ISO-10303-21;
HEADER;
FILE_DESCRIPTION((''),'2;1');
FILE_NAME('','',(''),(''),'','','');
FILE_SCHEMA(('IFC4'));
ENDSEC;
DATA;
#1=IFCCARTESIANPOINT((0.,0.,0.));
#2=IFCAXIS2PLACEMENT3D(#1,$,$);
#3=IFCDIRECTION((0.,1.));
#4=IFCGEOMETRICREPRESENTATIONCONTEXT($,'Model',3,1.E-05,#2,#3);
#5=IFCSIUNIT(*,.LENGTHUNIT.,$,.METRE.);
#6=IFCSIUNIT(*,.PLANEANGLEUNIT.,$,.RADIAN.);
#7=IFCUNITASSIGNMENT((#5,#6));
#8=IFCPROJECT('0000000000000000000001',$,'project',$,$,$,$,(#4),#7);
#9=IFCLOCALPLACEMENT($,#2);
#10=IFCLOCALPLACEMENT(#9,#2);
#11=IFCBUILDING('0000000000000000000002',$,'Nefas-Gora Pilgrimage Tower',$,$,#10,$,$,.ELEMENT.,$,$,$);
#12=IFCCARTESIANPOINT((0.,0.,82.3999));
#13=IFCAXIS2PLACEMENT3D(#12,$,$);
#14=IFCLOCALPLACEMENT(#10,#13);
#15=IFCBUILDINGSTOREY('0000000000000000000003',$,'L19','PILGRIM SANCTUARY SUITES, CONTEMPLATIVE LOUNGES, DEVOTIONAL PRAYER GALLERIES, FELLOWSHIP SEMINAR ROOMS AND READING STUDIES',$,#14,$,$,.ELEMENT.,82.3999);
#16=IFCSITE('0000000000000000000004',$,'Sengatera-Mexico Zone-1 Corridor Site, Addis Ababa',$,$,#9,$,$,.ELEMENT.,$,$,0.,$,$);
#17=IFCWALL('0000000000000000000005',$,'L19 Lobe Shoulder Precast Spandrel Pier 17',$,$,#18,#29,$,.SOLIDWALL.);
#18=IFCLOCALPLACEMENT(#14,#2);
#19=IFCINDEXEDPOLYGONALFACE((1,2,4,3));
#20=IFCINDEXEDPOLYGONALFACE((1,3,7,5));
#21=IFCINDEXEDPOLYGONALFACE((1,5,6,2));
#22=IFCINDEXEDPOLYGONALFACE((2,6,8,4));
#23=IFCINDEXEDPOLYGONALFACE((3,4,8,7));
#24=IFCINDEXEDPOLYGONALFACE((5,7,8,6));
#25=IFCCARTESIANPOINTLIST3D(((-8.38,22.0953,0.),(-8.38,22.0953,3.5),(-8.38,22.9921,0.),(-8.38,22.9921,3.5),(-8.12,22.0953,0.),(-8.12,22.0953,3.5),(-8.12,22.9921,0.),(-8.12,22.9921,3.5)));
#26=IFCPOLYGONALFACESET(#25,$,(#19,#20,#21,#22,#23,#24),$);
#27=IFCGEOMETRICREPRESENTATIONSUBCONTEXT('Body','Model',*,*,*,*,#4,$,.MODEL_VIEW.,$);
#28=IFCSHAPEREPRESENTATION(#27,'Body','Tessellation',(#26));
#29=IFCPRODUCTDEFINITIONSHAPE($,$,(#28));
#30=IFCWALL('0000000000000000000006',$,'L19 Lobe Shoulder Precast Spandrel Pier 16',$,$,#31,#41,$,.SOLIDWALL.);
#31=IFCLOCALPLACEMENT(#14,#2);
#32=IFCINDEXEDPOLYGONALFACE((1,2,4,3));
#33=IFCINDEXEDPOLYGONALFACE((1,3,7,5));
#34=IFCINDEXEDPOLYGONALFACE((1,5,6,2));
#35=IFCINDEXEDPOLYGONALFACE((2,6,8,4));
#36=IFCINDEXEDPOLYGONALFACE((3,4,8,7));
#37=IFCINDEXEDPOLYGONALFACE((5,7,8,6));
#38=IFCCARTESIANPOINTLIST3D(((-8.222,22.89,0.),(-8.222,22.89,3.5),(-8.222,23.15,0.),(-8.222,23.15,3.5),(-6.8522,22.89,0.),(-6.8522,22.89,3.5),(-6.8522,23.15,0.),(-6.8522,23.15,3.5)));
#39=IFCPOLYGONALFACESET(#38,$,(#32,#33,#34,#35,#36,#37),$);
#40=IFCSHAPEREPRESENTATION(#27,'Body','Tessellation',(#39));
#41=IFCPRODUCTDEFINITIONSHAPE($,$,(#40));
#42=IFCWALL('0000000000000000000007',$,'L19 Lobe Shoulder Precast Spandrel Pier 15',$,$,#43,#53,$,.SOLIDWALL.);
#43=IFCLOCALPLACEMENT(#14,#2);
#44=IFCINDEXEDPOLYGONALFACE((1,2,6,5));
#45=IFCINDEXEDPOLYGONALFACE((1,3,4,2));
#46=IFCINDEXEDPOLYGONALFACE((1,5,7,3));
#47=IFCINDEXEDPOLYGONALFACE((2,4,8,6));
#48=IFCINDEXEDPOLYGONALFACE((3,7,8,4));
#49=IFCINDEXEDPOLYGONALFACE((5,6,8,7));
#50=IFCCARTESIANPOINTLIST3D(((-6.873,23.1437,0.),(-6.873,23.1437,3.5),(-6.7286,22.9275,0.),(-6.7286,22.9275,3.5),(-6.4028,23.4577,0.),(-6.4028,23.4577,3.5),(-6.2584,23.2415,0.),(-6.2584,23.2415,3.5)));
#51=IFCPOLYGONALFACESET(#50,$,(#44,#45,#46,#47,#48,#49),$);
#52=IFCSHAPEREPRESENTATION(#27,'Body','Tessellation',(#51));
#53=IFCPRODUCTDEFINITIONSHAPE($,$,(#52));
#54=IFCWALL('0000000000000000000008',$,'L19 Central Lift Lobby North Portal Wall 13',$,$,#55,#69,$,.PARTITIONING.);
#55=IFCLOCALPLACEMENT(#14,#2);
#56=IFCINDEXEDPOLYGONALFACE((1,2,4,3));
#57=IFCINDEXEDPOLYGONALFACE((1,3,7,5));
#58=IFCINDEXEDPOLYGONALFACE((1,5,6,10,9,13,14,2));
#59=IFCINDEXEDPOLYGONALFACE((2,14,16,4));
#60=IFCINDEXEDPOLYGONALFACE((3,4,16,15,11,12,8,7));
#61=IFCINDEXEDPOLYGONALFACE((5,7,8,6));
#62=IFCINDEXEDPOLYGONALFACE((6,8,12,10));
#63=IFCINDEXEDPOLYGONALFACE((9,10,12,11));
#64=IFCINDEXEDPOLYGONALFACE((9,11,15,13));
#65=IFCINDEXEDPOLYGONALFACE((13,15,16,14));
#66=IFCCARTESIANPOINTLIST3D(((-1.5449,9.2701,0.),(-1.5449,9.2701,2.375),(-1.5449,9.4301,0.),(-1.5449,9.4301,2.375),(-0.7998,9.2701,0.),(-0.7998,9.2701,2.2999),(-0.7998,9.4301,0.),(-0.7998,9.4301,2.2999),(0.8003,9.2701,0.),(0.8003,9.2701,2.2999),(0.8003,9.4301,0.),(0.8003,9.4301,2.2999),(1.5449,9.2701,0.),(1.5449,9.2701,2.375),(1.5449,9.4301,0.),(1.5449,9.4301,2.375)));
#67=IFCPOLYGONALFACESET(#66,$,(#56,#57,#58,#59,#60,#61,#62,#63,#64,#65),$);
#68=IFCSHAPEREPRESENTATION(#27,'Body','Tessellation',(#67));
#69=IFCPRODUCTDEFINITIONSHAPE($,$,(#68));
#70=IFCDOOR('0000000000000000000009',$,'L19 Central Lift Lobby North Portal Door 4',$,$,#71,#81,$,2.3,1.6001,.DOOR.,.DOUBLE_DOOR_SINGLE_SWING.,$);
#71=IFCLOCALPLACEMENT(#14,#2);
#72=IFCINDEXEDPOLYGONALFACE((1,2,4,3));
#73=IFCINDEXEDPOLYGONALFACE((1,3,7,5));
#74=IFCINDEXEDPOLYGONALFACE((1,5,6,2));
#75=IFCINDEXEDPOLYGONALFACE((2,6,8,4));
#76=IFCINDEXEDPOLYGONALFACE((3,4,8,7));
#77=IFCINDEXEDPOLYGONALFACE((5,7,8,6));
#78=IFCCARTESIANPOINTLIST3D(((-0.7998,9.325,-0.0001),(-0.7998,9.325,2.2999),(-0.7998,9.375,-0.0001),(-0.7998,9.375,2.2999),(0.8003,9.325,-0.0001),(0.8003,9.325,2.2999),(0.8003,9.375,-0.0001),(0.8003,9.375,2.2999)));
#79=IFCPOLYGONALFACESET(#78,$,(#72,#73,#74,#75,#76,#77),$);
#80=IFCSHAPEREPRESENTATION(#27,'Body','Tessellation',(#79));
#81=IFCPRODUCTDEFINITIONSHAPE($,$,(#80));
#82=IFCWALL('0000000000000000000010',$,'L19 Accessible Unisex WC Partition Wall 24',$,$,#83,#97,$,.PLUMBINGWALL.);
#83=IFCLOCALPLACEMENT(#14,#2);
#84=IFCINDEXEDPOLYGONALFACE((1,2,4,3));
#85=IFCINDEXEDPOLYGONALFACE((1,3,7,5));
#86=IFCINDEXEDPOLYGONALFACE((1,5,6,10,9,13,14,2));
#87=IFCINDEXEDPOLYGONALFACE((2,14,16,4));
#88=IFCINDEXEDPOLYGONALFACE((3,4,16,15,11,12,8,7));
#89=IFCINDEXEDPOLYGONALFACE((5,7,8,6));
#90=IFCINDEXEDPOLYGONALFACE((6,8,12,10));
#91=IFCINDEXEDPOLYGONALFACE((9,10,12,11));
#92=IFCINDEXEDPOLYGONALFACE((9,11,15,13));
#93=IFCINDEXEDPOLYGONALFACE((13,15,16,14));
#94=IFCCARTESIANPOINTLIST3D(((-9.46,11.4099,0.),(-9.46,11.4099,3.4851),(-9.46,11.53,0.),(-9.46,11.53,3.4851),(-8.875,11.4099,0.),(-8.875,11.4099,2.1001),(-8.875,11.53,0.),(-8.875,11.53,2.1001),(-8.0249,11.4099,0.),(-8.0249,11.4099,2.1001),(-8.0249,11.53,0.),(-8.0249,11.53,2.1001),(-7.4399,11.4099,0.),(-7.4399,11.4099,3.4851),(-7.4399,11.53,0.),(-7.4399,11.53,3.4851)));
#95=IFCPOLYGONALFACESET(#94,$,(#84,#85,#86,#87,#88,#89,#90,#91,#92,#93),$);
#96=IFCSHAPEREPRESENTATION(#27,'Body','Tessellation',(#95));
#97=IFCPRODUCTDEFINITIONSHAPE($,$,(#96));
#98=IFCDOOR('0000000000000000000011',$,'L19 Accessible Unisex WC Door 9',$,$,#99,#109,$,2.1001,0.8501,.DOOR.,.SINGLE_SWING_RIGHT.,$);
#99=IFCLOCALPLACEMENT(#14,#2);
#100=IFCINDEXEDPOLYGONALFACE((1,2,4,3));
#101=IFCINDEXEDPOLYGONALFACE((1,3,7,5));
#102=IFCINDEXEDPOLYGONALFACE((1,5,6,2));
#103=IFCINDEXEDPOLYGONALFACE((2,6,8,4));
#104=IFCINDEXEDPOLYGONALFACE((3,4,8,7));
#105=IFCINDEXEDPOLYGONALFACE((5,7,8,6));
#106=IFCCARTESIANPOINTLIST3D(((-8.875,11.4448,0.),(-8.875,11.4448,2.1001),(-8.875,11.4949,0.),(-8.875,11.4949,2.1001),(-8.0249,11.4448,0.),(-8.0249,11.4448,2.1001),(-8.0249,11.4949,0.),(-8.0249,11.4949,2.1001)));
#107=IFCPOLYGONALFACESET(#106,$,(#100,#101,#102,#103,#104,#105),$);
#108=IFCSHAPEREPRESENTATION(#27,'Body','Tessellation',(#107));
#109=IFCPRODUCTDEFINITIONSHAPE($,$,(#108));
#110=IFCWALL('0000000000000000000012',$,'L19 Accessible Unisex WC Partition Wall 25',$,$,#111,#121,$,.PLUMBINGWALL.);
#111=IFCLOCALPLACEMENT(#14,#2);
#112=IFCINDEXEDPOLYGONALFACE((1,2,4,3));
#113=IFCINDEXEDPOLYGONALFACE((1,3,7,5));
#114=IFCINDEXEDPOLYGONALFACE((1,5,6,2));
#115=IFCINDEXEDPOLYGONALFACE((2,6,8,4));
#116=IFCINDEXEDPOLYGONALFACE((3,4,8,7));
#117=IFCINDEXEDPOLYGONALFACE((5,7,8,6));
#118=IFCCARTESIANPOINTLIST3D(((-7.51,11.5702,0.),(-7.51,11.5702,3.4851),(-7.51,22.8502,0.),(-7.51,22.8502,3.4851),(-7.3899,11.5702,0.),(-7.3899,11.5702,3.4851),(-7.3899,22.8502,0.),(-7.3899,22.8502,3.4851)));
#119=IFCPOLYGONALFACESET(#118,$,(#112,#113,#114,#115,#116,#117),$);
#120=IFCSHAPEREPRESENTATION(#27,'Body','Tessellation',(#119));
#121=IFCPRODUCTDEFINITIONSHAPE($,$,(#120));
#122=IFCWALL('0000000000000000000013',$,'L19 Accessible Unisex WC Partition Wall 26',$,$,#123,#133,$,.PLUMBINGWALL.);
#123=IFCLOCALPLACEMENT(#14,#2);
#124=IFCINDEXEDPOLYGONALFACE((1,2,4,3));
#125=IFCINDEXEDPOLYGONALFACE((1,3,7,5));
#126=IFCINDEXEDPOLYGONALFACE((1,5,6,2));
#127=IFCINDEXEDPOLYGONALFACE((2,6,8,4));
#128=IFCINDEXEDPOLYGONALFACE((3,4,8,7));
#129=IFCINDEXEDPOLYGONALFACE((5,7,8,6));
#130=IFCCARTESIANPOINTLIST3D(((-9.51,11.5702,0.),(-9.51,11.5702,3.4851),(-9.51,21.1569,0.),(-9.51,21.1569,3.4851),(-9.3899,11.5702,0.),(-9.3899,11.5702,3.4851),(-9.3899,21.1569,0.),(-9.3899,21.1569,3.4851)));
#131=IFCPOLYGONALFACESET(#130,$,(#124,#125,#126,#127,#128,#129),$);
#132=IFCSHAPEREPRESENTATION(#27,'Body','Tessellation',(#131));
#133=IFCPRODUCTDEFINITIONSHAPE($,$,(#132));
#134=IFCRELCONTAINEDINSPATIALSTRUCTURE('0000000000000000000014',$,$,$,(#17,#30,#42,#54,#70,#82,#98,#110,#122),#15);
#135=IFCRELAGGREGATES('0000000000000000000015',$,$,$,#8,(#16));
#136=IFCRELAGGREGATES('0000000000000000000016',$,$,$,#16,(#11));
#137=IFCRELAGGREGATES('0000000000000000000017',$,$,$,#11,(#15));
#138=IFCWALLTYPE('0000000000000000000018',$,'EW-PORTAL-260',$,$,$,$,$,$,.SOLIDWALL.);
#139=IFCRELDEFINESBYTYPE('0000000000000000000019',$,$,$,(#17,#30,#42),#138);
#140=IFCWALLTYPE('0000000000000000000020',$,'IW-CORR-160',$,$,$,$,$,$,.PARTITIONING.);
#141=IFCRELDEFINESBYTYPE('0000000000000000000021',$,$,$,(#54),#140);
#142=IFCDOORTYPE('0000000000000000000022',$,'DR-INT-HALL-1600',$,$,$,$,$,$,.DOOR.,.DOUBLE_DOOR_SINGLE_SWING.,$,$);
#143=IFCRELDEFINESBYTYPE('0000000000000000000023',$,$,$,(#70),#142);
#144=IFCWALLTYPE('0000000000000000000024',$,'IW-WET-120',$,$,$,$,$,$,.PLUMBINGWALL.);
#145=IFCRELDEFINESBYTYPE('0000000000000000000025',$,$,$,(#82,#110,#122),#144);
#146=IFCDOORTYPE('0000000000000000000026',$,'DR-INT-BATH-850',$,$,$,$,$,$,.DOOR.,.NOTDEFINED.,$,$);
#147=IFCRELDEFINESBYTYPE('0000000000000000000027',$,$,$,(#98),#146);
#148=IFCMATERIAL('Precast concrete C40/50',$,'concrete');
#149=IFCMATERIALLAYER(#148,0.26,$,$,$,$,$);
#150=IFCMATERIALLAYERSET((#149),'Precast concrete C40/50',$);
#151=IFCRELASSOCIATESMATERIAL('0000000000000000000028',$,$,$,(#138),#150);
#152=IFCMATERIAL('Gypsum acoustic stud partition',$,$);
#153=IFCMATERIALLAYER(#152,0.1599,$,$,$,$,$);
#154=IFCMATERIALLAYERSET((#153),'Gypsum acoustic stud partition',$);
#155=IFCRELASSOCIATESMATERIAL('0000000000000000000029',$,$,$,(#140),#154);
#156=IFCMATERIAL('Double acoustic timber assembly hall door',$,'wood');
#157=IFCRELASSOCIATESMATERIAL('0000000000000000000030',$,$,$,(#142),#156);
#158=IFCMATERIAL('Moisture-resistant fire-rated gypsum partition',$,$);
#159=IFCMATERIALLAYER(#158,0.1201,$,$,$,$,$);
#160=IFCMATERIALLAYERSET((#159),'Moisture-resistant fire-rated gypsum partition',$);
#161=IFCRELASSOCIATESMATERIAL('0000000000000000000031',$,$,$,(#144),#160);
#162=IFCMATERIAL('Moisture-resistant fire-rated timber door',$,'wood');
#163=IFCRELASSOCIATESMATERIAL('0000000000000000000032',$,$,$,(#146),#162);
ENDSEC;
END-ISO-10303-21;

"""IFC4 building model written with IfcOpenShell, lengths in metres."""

from ifc_helpers import new_model, si_unit, direction, frame, frame_2d, origin, place, context, subcontext, project, spatial, rectangle, extrude, source, transform, mapped, material, layer, layer_set, type_object, element, fill, save


model = new_model("IFC4")

# Units and contexts
model_context = context("Model", 3, precision=1e-05, world=origin(), true_north=direction((0.0, 1.0)))
body_context = subcontext(model_context, "Body", "Model", "MODEL_VIEW")
ifc_project = project(units=[si_unit("LENGTHUNIT", "METRE"), si_unit("PLANEANGLEUNIT", "RADIAN")], contexts=[model_context])

# Site, building, storey
site_placement = place(None, origin())
site = spatial("IfcSite", under=ifc_project, at=site_placement, Name="Sengatera-Mexico Zone-1 Corridor Site, Addis Ababa", CompositionType="ELEMENT", RefElevation=0.0)
building_placement = place(site_placement, origin())
building = spatial("IfcBuilding", under=site, at=building_placement, Name="Nefas-Gora Pilgrimage Tower", CompositionType="ELEMENT")
storey_placement = place(building_placement, frame((0.0, 0.0, 82.3999)))
storey = spatial("IfcBuildingStorey", under=building, at=storey_placement, Name="L19", Description="PILGRIM SANCTUARY SUITES, CONTEMPLATIVE LOUNGES, DEVOTIONAL PRAYER GALLERIES, FELLOWSHIP SEMINAR ROOMS AND READING STUDIES", CompositionType="ELEMENT", Elevation=82.3999)

# Walls
ifc_material_1 = material(Name="Precast concrete C40/50", Category="concrete")
ifc_layer_1 = layer(ifc_material_1, 0.26)
ifc_layer_set_1 = layer_set([ifc_layer_1], Name="Precast concrete C40/50")
wall_type_1 = type_object("IfcWallType", Name="EW-PORTAL-260", PredefinedType="SOLIDWALL", material=ifc_layer_set_1)
shared_shape_1 = source(origin(), body_context, "Body", "SweptSolid", [
    extrude(rectangle(XDim=0.8967, YDim=0.26, at=frame_2d((0.4482, 0.0))), origin(), (0.0, 0.0, 1.0), 3.5),
])
wall_1_placement = place(storey_placement, frame((-8.25, 22.9919, 0.0), z_axis=(0.0, 0.0, 1.0), x_axis=(0.0, -1.0, 0.0)))
element("IfcWall", 1, at=wall_1_placement, inside=storey, type_object=wall_type_1, Name="L19 Lobe Shoulder Precast Spandrel Pier 17", PredefinedType="SOLIDWALL", context=body_context, shape_type="MappedRepresentation", body=[
    mapped(shared_shape_1, transform((0.0, 0.0, 0.0), x_axis=(1.0, 0.0, 0.0), y_axis=(0.0, 1.0, 0.0), z_axis=(0.0, 0.0, 1.0), scale=1.0)),
])
shared_shape_2 = source(origin(), body_context, "Body", "SweptSolid", [
    extrude(rectangle(XDim=1.3699, YDim=0.26, at=frame_2d((0.6851, 0.0))), origin(), (0.0, 0.0, 1.0), 3.5),
])
wall_2_placement = place(storey_placement, frame((-6.8521, 23.02, 0.0), z_axis=(0.0, 0.0, 1.0), x_axis=(-1.0, 0.0, 0.0)))
element("IfcWall", 2, at=wall_2_placement, inside=storey, type_object=wall_type_1, Name="L19 Lobe Shoulder Precast Spandrel Pier 16", PredefinedType="SOLIDWALL", context=body_context, shape_type="MappedRepresentation", body=[
    mapped(shared_shape_2, transform((0.0, 0.0, 0.0), x_axis=(1.0, 0.0, 0.0), y_axis=(0.0, 1.0, 0.0), z_axis=(0.0, 0.0, 1.0), scale=1.0)),
])
shared_shape_3 = source(origin(), body_context, "Body", "SweptSolid", [
    extrude(rectangle(XDim=0.5654, YDim=0.26, at=frame_2d((0.2827, 0.0))), origin(), (0.0, 0.0, 1.0), 3.5),
])
wall_3_placement = place(storey_placement, frame((-6.3306, 23.3496, 0.0), z_axis=(0.0, 0.0, 1.0), x_axis=(-0.831651, -0.555298, 0.0)))
element("IfcWall", 3, at=wall_3_placement, inside=storey, type_object=wall_type_1, Name="L19 Lobe Shoulder Precast Spandrel Pier 15", PredefinedType="SOLIDWALL", context=body_context, shape_type="MappedRepresentation", body=[
    mapped(shared_shape_3, transform((0.0, 0.0, 0.0), x_axis=(1.0, 0.0, 0.0), y_axis=(0.0, 1.0, 0.0), z_axis=(0.0, 0.0, 1.0), scale=1.0)),
])

# Walls, openings, doors
ifc_material_2 = material(Name="Gypsum acoustic stud partition")
ifc_layer_2 = layer(ifc_material_2, 0.1599)
ifc_layer_set_2 = layer_set([ifc_layer_2], Name="Gypsum acoustic stud partition")
wall_type_2 = type_object("IfcWallType", Name="IW-CORR-160", PredefinedType="PARTITIONING", material=ifc_layer_set_2)
shared_shape_4 = source(origin(), body_context, "Body", "SweptSolid", [
    extrude(rectangle(XDim=3.0898, YDim=0.1599, at=frame_2d((1.5449, 0.0))), origin(), (0.0, 0.0, 1.0), 2.375),
])
wall_4_placement = place(storey_placement, frame((-1.5449, 9.3501, 0.0), z_axis=(0.0, 0.0, 1.0), x_axis=(1.0, 0.0, 0.0)))
wall_4 = element("IfcWall", 4, at=wall_4_placement, inside=storey, type_object=wall_type_2, Name="L19 Central Lift Lobby North Portal Wall 13", PredefinedType="PARTITIONING", context=body_context, shape_type="MappedRepresentation", body=[
    mapped(shared_shape_4, transform((0.0, 0.0, 0.0), x_axis=(1.0, 0.0, 0.0), y_axis=(0.0, 1.0, 0.0), z_axis=(0.0, 0.0, 1.0), scale=1.0)),
])
opening_1_placement = place(wall_4_placement, frame((0.7451, 0.0, 0.0)))
opening_1 = element("IfcOpeningElement", 5, at=opening_1_placement, cuts=wall_4, PredefinedType="OPENING", context=body_context, shape_type="SweptSolid", body=[
    extrude(rectangle(XDim=1.6001, YDim=2.3, at=frame_2d((0.8, 1.1499))), frame((0.0, 0.0898, 0.0), z_axis=(0.0, -1.0, 0.0), x_axis=(1.0, 0.0, 0.0)), (0.0, 0.0, 1.0), 0.1799),
])
ifc_material_3 = material(Name="Double acoustic timber assembly hall door", Category="wood")
door_type_1 = type_object("IfcDoorType", Name="DR-INT-HALL-1600", OperationType="DOUBLE_DOOR_SINGLE_SWING", PredefinedType="DOOR", material=ifc_material_3)
shared_shape_5 = source(origin(), body_context, "Body", "SweptSolid", [
    extrude(rectangle(XDim=1.6001, YDim=2.3, at=frame_2d((0.8, 1.1499))), frame((0.0, 0.0249, 0.0), z_axis=(0.0, -1.0, 0.0), x_axis=(1.0, 0.0, 0.0)), (0.0, 0.0, 1.0), 0.05),
])
door_1_placement = place(opening_1_placement, origin())
door_1 = element("IfcDoor", 6, at=door_1_placement, inside=storey, type_object=door_type_1, Name="L19 Central Lift Lobby North Portal Door 4", OperationType="DOUBLE_DOOR_SINGLE_SWING", OverallHeight=2.3, OverallWidth=1.6001, PredefinedType="DOOR", context=body_context, shape_type="MappedRepresentation", body=[
    mapped(shared_shape_5, transform((0.0, 0.0, 0.0), x_axis=(1.0, 0.0, 0.0), y_axis=(0.0, 1.0, 0.0), z_axis=(0.0, 0.0, 1.0), scale=1.0)),
])
fill(opening_1, door_1)
ifc_material_4 = material(Name="Moisture-resistant fire-rated gypsum partition")
ifc_layer_3 = layer(ifc_material_4, 0.1201)
ifc_layer_set_3 = layer_set([ifc_layer_3], Name="Moisture-resistant fire-rated gypsum partition")
wall_type_3 = type_object("IfcWallType", Name="IW-WET-120", PredefinedType="PLUMBINGWALL", material=ifc_layer_set_3)
shared_shape_6 = source(origin(), body_context, "Body", "SweptSolid", [
    extrude(rectangle(XDim=2.02, YDim=0.1201, at=frame_2d((1.01, 0.0))), origin(), (0.0, 0.0, 1.0), 3.4851),
])
wall_5_placement = place(storey_placement, frame((-9.46, 11.47, 0.0), z_axis=(0.0, 0.0, 1.0), x_axis=(1.0, 0.0, 0.0)))
wall_5 = element("IfcWall", 7, at=wall_5_placement, inside=storey, type_object=wall_type_3, Name="L19 Accessible Unisex WC Partition Wall 24", PredefinedType="PLUMBINGWALL", context=body_context, shape_type="MappedRepresentation", body=[
    mapped(shared_shape_6, transform((0.0, 0.0, 0.0), x_axis=(1.0, 0.0, 0.0), y_axis=(0.0, 1.0, 0.0), z_axis=(0.0, 0.0, 1.0), scale=1.0)),
])
opening_2_placement = place(wall_5_placement, frame((0.585, 0.0, 0.0)))
opening_2 = element("IfcOpeningElement", 8, at=opening_2_placement, cuts=wall_5, PredefinedType="OPENING", context=body_context, shape_type="SweptSolid", body=[
    extrude(rectangle(XDim=0.8501, YDim=2.1001, at=frame_2d((0.425, 1.05))), frame((0.0, 0.0701, 0.0), z_axis=(0.0, -1.0, 0.0), x_axis=(1.0, 0.0, 0.0)), (0.0, 0.0, 1.0), 0.1401),
])
ifc_material_5 = material(Name="Moisture-resistant fire-rated timber door", Category="wood")
door_type_2 = type_object("IfcDoorType", Name="DR-INT-BATH-850", OperationType="NOTDEFINED", PredefinedType="DOOR", material=ifc_material_5)
shared_shape_7 = source(origin(), body_context, "Body", "SweptSolid", [
    extrude(rectangle(XDim=0.8501, YDim=2.1001, at=frame_2d((0.425, 1.05))), frame((0.0, 0.0249, 0.0), z_axis=(0.0, -1.0, 0.0), x_axis=(1.0, 0.0, 0.0)), (0.0, 0.0, 1.0), 0.05),
])
door_2_placement = place(opening_2_placement, origin())
door_2 = element("IfcDoor", 9, at=door_2_placement, inside=storey, type_object=door_type_2, Name="L19 Accessible Unisex WC Door 9", OperationType="SINGLE_SWING_RIGHT", OverallHeight=2.1001, OverallWidth=0.8501, PredefinedType="DOOR", context=body_context, shape_type="MappedRepresentation", body=[
    mapped(shared_shape_7, transform((0.0, 0.0, 0.0), x_axis=(1.0, 0.0, 0.0), y_axis=(0.0, 1.0, 0.0), z_axis=(0.0, 0.0, 1.0), scale=1.0)),
])
fill(opening_2, door_2)

# Walls
shared_shape_8 = source(origin(), body_context, "Body", "SweptSolid", [
    extrude(rectangle(XDim=11.28, YDim=0.1201, at=frame_2d((5.6401, 0.0))), origin(), (0.0, 0.0, 1.0), 3.4851),
])
wall_6_placement = place(storey_placement, frame((-7.45, 11.5701, 0.0), z_axis=(0.0, 0.0, 1.0), x_axis=(0.0, 1.0, 0.0)))
element("IfcWall", 10, at=wall_6_placement, inside=storey, type_object=wall_type_3, Name="L19 Accessible Unisex WC Partition Wall 25", PredefinedType="PLUMBINGWALL", context=body_context, shape_type="MappedRepresentation", body=[
    mapped(shared_shape_8, transform((0.0, 0.0, 0.0), x_axis=(1.0, 0.0, 0.0), y_axis=(0.0, 1.0, 0.0), z_axis=(0.0, 0.0, 1.0), scale=1.0)),
])
shared_shape_9 = source(origin(), body_context, "Body", "SweptSolid", [
    extrude(rectangle(XDim=9.5867, YDim=0.1201, at=frame_2d((4.7935, 0.0))), origin(), (0.0, 0.0, 1.0), 3.4851),
])
wall_7_placement = place(storey_placement, frame((-9.45, 11.5701, 0.0), z_axis=(0.0, 0.0, 1.0), x_axis=(0.0, 1.0, 0.0)))
element("IfcWall", 11, at=wall_7_placement, inside=storey, type_object=wall_type_3, Name="L19 Accessible Unisex WC Partition Wall 26", PredefinedType="PLUMBINGWALL", context=body_context, shape_type="MappedRepresentation", body=[
    mapped(shared_shape_9, transform((0.0, 0.0, 0.0), x_axis=(1.0, 0.0, 0.0), y_axis=(0.0, 1.0, 0.0), z_axis=(0.0, 0.0, 1.0), scale=1.0)),
])

save(model, "model.ifc")
